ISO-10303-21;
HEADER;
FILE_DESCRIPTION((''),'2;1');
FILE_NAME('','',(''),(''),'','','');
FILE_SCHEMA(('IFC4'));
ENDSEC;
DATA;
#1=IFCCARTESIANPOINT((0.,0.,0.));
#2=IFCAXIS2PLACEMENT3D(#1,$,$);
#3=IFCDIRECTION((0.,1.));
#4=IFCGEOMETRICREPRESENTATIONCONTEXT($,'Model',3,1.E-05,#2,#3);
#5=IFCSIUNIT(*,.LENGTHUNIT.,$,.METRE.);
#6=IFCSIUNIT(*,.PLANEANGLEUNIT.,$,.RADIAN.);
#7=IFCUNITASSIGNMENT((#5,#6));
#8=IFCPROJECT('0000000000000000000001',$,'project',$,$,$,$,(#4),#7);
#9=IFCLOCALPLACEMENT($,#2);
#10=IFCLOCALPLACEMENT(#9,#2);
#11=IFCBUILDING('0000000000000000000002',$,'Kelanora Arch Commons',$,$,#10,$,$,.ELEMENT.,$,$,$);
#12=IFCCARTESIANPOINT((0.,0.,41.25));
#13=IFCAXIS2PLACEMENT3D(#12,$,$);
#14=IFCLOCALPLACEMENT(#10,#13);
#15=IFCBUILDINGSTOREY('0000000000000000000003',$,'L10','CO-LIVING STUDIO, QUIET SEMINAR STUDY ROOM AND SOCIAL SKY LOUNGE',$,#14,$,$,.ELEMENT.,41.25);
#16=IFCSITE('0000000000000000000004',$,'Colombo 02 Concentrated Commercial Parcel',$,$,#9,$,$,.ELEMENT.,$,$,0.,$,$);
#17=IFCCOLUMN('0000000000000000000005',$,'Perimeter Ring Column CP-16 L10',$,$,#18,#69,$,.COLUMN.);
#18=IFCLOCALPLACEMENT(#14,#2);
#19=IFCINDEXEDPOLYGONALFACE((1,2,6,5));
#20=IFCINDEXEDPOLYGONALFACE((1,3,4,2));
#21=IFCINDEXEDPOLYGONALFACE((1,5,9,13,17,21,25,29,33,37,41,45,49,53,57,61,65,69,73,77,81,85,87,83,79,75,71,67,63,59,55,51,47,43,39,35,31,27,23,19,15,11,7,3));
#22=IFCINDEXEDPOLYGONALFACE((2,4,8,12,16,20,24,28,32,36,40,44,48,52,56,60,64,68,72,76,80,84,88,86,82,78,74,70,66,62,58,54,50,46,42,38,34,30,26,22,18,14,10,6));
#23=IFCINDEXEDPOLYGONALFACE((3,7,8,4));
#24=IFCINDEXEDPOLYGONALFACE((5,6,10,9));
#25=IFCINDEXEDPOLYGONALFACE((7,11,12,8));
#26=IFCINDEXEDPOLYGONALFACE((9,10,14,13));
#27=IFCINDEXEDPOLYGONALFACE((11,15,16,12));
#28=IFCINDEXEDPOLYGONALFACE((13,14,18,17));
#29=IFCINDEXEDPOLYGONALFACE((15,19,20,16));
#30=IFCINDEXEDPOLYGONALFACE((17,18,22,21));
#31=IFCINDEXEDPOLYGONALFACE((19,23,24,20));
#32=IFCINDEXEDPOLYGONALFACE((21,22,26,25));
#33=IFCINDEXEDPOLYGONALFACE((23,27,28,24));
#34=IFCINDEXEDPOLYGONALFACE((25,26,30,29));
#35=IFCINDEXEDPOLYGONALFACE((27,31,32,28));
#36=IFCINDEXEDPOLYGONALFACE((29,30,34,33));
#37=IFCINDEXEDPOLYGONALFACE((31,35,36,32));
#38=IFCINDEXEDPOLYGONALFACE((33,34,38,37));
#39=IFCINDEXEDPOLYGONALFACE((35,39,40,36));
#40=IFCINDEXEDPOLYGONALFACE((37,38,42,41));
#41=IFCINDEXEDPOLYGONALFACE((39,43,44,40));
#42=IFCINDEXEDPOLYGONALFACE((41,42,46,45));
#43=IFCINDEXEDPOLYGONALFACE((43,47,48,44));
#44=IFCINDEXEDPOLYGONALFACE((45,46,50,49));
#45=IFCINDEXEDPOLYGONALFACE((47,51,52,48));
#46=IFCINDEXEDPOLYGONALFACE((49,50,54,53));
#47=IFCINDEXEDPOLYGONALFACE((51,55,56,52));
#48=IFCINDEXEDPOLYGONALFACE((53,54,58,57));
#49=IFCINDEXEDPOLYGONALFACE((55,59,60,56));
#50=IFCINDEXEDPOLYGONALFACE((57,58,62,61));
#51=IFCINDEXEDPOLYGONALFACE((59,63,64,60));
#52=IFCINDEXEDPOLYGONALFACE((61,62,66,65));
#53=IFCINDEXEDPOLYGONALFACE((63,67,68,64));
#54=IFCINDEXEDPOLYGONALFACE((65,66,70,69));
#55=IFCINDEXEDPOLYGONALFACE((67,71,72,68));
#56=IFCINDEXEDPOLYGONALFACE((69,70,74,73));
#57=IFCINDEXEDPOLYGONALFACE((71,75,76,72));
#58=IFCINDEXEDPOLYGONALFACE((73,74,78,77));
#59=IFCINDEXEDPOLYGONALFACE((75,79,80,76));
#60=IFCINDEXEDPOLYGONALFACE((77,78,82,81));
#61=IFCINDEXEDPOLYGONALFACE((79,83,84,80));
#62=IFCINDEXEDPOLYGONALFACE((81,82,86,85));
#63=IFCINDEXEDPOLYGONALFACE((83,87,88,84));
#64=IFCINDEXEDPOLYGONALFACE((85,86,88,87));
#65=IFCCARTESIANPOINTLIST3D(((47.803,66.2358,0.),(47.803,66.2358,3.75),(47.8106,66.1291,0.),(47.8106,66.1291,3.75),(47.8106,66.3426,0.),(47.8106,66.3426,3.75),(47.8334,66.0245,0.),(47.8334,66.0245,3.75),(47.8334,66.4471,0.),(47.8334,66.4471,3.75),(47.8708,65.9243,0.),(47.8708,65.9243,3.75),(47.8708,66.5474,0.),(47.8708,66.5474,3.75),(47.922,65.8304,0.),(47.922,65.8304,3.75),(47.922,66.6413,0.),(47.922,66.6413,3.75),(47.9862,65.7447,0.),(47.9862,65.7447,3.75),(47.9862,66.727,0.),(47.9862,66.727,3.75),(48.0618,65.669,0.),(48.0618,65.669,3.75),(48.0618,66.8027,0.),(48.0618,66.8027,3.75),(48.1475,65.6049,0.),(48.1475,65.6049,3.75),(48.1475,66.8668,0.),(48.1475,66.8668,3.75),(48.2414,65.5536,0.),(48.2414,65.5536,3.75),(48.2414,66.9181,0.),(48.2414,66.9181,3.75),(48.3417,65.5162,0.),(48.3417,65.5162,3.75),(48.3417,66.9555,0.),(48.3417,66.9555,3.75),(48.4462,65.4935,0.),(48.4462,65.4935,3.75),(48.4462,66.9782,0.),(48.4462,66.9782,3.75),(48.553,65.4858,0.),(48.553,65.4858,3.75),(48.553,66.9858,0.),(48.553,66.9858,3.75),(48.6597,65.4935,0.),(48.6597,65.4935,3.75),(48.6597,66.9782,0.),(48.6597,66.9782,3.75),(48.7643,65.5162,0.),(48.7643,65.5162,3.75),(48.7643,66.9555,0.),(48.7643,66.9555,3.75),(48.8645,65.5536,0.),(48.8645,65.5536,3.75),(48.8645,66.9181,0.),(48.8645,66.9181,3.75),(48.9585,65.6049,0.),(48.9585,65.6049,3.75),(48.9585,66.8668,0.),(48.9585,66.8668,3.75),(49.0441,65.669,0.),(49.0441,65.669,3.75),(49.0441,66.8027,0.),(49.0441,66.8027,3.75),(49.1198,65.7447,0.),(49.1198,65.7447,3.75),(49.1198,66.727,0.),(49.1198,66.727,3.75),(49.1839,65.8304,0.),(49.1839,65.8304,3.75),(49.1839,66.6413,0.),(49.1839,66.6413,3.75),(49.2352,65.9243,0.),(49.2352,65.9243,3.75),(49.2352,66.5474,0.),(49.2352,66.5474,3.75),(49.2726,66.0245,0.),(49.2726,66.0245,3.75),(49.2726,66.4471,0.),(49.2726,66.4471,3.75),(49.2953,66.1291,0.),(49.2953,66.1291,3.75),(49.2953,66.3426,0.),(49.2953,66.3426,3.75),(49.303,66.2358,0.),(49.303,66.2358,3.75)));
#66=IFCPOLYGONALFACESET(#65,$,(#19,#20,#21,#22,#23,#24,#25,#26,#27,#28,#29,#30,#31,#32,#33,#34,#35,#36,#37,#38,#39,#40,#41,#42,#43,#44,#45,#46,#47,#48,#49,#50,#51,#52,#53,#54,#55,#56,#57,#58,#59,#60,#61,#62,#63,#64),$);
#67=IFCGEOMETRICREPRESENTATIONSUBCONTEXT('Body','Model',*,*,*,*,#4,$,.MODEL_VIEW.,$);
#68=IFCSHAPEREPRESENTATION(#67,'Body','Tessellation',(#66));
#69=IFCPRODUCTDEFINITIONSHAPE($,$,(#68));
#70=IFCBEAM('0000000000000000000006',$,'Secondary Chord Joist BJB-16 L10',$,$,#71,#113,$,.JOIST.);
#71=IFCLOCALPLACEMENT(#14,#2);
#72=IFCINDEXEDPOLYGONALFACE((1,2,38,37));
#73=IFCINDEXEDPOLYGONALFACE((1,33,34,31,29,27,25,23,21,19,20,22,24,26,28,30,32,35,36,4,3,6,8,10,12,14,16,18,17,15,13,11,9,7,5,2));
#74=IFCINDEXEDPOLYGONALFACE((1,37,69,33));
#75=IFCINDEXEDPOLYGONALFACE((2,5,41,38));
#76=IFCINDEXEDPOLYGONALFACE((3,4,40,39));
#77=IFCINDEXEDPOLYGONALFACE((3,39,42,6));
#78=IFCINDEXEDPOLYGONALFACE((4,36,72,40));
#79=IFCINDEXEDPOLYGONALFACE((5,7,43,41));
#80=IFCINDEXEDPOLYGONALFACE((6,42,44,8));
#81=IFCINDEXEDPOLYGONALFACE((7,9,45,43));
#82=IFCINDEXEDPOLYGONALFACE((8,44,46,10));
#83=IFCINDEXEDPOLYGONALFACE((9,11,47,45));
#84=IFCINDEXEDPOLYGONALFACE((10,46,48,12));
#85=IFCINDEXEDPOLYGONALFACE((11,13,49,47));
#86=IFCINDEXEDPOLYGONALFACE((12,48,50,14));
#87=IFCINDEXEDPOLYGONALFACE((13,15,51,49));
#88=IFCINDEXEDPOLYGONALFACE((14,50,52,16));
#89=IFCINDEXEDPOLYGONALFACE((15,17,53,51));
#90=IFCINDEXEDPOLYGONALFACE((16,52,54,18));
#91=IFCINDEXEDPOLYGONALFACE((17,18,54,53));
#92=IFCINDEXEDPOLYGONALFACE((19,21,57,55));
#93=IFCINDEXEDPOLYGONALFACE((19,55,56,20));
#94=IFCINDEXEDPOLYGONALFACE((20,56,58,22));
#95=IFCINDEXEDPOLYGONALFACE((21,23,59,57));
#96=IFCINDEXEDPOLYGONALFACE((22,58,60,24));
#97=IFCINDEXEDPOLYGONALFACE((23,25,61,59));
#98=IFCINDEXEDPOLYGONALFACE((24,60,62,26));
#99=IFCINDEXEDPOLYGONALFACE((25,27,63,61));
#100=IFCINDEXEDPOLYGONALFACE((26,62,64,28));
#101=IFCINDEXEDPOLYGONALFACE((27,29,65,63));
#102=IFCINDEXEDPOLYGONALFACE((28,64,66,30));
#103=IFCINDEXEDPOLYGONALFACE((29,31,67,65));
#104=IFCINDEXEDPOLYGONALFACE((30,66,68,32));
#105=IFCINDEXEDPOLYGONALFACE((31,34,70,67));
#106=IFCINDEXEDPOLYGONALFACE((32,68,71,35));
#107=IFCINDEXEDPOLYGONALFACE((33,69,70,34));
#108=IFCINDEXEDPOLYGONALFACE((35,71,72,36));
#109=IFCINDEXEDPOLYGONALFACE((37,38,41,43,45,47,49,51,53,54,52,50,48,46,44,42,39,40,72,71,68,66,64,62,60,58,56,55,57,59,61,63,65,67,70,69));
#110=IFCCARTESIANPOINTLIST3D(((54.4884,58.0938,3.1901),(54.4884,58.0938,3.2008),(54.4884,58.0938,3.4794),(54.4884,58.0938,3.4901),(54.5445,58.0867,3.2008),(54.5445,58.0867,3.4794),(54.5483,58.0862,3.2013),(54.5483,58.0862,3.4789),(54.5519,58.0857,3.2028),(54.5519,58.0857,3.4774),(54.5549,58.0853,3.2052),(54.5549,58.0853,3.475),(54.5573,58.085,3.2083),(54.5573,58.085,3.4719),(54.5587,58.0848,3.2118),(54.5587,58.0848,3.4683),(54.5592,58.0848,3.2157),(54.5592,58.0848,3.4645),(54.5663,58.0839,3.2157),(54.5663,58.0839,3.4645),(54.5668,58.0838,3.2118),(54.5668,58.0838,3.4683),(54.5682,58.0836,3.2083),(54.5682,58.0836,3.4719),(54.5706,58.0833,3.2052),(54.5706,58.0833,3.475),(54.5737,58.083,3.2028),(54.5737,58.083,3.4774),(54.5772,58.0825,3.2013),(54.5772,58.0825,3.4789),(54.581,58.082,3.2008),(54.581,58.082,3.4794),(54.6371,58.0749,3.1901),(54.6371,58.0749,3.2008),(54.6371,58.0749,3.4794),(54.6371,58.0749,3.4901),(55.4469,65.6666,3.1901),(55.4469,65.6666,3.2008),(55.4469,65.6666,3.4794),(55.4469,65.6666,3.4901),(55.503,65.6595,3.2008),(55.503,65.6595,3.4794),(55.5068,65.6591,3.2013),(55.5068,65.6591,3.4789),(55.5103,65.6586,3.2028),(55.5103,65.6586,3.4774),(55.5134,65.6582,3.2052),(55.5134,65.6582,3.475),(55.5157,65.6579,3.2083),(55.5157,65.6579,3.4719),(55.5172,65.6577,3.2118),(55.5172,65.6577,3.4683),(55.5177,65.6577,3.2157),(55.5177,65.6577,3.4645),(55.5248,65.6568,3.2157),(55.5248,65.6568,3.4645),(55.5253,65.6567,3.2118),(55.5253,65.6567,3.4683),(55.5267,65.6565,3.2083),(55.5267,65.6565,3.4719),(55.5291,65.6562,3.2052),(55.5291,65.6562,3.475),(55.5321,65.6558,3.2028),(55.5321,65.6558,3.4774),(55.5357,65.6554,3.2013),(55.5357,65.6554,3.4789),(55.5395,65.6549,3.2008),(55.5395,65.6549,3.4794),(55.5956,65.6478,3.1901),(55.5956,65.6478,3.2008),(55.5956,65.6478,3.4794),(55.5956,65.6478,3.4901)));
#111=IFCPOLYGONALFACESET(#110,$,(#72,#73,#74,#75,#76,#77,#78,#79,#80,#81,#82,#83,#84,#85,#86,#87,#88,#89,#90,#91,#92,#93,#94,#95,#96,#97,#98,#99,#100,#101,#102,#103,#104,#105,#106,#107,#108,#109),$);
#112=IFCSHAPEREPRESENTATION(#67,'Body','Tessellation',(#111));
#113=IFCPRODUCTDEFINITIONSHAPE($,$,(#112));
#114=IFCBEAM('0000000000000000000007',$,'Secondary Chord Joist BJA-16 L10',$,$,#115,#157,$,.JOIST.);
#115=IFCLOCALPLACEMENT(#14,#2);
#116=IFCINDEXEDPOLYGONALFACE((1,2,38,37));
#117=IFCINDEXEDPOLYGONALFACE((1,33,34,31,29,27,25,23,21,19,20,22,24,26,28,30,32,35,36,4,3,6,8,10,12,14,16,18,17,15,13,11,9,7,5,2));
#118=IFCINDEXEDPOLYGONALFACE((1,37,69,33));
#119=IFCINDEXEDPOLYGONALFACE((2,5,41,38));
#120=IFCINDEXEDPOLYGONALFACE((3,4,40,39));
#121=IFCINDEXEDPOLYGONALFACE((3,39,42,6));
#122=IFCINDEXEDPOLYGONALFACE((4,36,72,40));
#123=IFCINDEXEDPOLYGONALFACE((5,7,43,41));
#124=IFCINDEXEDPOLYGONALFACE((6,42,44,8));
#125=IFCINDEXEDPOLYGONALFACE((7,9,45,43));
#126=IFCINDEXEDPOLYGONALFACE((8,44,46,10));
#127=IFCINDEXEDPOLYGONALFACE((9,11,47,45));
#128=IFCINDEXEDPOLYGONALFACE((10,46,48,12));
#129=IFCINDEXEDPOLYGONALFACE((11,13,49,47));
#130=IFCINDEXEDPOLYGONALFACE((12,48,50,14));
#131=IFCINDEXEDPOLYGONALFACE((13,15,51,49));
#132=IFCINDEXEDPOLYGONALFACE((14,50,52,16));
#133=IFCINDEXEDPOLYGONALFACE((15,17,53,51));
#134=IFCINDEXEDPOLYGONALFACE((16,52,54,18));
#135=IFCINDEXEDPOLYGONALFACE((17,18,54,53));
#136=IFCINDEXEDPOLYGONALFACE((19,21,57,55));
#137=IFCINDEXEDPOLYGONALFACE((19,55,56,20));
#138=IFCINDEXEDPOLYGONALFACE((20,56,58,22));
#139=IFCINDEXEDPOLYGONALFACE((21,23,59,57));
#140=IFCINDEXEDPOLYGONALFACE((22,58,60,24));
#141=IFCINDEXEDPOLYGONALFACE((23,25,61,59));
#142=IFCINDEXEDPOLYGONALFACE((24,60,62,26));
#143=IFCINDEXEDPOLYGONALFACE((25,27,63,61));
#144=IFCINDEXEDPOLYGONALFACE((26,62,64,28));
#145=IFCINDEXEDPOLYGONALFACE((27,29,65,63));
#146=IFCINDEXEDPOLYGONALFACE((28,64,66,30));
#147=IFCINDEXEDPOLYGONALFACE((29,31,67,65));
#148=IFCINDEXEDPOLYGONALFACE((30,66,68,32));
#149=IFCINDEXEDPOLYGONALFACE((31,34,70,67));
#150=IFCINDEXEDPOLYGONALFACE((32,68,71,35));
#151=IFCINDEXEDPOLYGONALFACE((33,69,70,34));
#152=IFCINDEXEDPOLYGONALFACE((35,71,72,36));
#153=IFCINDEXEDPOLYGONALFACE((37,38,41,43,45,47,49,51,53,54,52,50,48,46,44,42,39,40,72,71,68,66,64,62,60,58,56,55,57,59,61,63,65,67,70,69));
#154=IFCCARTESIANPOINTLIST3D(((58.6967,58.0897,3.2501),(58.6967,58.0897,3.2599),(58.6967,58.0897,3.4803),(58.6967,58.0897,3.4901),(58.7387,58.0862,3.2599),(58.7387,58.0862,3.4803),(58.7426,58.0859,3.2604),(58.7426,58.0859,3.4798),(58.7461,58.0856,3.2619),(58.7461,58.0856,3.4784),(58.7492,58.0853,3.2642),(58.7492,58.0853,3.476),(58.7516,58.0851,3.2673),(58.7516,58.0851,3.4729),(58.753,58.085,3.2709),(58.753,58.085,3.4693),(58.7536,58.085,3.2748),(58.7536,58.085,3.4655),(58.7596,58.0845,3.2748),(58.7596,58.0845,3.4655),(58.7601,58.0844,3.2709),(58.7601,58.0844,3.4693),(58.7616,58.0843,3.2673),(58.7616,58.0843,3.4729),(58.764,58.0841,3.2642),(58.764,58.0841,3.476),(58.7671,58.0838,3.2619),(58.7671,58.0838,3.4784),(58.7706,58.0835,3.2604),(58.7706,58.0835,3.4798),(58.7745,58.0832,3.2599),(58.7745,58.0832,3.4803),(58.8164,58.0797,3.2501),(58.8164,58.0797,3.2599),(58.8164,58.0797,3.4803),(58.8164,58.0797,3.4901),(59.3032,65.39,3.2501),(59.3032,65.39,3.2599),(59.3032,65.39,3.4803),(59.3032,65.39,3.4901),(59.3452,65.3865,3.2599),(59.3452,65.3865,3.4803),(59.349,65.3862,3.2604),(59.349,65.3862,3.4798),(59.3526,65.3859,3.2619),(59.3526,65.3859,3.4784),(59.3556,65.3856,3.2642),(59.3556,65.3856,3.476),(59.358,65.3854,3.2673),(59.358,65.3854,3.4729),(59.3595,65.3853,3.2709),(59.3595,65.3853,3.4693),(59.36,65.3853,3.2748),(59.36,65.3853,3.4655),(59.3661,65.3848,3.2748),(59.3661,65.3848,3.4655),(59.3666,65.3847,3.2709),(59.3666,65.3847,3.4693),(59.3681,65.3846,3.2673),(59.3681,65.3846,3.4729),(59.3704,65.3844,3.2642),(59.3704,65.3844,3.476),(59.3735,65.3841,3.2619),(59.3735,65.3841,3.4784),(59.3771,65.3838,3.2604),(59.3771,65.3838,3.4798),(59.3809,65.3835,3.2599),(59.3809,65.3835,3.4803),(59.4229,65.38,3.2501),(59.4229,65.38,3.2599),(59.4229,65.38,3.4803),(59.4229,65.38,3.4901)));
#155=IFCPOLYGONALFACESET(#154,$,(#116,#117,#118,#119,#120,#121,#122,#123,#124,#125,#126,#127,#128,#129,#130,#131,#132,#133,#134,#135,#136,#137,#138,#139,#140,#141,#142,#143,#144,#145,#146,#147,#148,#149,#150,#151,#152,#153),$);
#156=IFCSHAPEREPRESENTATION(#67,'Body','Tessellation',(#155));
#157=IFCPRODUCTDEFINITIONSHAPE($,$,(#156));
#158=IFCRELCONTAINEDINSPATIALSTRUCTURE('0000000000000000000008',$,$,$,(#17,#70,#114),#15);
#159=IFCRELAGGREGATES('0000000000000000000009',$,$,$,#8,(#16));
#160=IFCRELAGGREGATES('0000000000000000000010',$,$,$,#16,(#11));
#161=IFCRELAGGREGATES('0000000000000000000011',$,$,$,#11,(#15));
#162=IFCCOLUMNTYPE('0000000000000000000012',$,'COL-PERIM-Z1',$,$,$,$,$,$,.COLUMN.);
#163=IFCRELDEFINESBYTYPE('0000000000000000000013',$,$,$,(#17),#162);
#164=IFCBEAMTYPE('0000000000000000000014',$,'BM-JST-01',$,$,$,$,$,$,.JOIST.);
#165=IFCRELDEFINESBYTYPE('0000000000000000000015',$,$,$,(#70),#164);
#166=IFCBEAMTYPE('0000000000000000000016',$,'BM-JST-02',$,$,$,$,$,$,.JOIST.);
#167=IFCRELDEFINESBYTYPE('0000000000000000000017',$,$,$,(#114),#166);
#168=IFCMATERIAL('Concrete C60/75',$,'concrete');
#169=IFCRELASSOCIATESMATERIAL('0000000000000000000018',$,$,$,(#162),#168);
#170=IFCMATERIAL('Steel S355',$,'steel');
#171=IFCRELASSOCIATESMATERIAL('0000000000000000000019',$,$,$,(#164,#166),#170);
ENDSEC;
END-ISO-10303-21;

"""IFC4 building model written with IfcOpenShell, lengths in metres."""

from ifc_helpers import new_model, si_unit, direction, frame, origin, origin_2d, place, context, subcontext, project, spatial, circle, i_section, extrude, material, material_profile, profile_set, type_object, element, save


model = new_model("IFC4")

# Units and contexts
model_context = context("Model", 3, precision=1e-05, world=origin(), true_north=direction((0.0, 1.0)))
body_context = subcontext(model_context, "Body", "Model", "MODEL_VIEW")
ifc_project = project(units=[si_unit("LENGTHUNIT", "METRE"), si_unit("PLANEANGLEUNIT", "RADIAN")], contexts=[model_context])

# Site, building, storey
site_placement = place(None, origin())
site = spatial("IfcSite", under=ifc_project, at=site_placement, Name="Colombo 02 Concentrated Commercial Parcel", CompositionType="ELEMENT", RefElevation=0.0)
building_placement = place(site_placement, origin())
building = spatial("IfcBuilding", under=site, at=building_placement, Name="Kelanora Arch Commons", CompositionType="ELEMENT")
storey_placement = place(building_placement, frame((0.0, 0.0, 41.25)))
storey = spatial("IfcBuildingStorey", under=building, at=storey_placement, Name="L10", Description="CO-LIVING STUDIO, QUIET SEMINAR STUDY ROOM AND SOCIAL SKY LOUNGE", CompositionType="ELEMENT", Elevation=41.25)

# Column
ifc_material_1 = material(Name="Concrete C60/75", Category="concrete")
ifc_material_profile_1 = material_profile(ifc_material_1, circle(Radius=0.75, at=origin_2d()), Name="RCC1500")
ifc_profile_set_1 = profile_set([ifc_material_profile_1], Name="Concrete C60/75")
column_type = type_object("IfcColumnType", Name="COL-PERIM-Z1", PredefinedType="COLUMN", material=ifc_profile_set_1)
column_placement = place(storey_placement, frame((48.553, 66.2358, 0.0), z_axis=(0.0, 0.0, 1.0), x_axis=(1.0, 0.0, 0.0)))
element("IfcColumn", 1, at=column_placement, inside=storey, type_object=column_type, Name="Perimeter Ring Column CP-16 L10", PredefinedType="COLUMN", context=body_context, shape_type="SweptSolid", body=[
    extrude(circle(Radius=0.75, at=origin_2d()), origin(), (0.0, 0.0, 1.0), 3.75),
])

# Beams
ifc_material_2 = material(Name="Steel S355", Category="steel")
ifc_material_profile_2 = material_profile(ifc_material_2, i_section(OverallWidth=0.1499, OverallDepth=0.3, WebThickness=0.0071, FlangeThickness=0.0107, FilletRadius=0.0149, at=origin_2d()), Name="IPE300")
ifc_profile_set_2 = profile_set([ifc_material_profile_2], Name="Steel S355")
beam_type_1 = type_object("IfcBeamType", Name="BM-JST-01", PredefinedType="JOIST", material=ifc_profile_set_2)
beam_1_placement = place(storey_placement, frame((55.5212, 65.6572, 3.3401), z_axis=(-0.125566, -0.992085, 0.0), x_axis=(0.992085, -0.125566, 0.0)))
element("IfcBeam", 2, at=beam_1_placement, inside=storey, type_object=beam_type_1, Name="Secondary Chord Joist BJB-16 L10", PredefinedType="JOIST", context=body_context, shape_type="SweptSolid", body=[
    extrude(i_section(OverallWidth=0.1499, OverallDepth=0.3, WebThickness=0.0071, FlangeThickness=0.0107, FilletRadius=0.0149, at=origin_2d()), origin(), (0.0, 0.0, 1.0), 7.6333),
])
ifc_material_profile_3 = material_profile(ifc_material_2, i_section(OverallWidth=0.1201, OverallDepth=0.24, WebThickness=0.0061, FlangeThickness=0.0098, FilletRadius=0.0149, at=origin_2d()), Name="IPE240")
ifc_profile_set_3 = profile_set([ifc_material_profile_3], Name="Steel S355")
beam_type_2 = type_object("IfcBeamType", Name="BM-JST-02", PredefinedType="JOIST", material=ifc_profile_set_3)
beam_2_placement = place(storey_placement, frame((59.363, 65.385, 3.3701), z_axis=(-0.082786, -0.996567, 0.0), x_axis=(0.996567, -0.082786, 0.0)))
element("IfcBeam", 3, at=beam_2_placement, inside=storey, type_object=beam_type_2, Name="Secondary Chord Joist BJA-16 L10", PredefinedType="JOIST", context=body_context, shape_type="SweptSolid", body=[
    extrude(i_section(OverallWidth=0.1201, OverallDepth=0.24, WebThickness=0.0061, FlangeThickness=0.0098, FilletRadius=0.0149, at=origin_2d()), origin(), (0.0, 0.0, 1.0), 7.3254),
])

save(model, "model.ifc")
